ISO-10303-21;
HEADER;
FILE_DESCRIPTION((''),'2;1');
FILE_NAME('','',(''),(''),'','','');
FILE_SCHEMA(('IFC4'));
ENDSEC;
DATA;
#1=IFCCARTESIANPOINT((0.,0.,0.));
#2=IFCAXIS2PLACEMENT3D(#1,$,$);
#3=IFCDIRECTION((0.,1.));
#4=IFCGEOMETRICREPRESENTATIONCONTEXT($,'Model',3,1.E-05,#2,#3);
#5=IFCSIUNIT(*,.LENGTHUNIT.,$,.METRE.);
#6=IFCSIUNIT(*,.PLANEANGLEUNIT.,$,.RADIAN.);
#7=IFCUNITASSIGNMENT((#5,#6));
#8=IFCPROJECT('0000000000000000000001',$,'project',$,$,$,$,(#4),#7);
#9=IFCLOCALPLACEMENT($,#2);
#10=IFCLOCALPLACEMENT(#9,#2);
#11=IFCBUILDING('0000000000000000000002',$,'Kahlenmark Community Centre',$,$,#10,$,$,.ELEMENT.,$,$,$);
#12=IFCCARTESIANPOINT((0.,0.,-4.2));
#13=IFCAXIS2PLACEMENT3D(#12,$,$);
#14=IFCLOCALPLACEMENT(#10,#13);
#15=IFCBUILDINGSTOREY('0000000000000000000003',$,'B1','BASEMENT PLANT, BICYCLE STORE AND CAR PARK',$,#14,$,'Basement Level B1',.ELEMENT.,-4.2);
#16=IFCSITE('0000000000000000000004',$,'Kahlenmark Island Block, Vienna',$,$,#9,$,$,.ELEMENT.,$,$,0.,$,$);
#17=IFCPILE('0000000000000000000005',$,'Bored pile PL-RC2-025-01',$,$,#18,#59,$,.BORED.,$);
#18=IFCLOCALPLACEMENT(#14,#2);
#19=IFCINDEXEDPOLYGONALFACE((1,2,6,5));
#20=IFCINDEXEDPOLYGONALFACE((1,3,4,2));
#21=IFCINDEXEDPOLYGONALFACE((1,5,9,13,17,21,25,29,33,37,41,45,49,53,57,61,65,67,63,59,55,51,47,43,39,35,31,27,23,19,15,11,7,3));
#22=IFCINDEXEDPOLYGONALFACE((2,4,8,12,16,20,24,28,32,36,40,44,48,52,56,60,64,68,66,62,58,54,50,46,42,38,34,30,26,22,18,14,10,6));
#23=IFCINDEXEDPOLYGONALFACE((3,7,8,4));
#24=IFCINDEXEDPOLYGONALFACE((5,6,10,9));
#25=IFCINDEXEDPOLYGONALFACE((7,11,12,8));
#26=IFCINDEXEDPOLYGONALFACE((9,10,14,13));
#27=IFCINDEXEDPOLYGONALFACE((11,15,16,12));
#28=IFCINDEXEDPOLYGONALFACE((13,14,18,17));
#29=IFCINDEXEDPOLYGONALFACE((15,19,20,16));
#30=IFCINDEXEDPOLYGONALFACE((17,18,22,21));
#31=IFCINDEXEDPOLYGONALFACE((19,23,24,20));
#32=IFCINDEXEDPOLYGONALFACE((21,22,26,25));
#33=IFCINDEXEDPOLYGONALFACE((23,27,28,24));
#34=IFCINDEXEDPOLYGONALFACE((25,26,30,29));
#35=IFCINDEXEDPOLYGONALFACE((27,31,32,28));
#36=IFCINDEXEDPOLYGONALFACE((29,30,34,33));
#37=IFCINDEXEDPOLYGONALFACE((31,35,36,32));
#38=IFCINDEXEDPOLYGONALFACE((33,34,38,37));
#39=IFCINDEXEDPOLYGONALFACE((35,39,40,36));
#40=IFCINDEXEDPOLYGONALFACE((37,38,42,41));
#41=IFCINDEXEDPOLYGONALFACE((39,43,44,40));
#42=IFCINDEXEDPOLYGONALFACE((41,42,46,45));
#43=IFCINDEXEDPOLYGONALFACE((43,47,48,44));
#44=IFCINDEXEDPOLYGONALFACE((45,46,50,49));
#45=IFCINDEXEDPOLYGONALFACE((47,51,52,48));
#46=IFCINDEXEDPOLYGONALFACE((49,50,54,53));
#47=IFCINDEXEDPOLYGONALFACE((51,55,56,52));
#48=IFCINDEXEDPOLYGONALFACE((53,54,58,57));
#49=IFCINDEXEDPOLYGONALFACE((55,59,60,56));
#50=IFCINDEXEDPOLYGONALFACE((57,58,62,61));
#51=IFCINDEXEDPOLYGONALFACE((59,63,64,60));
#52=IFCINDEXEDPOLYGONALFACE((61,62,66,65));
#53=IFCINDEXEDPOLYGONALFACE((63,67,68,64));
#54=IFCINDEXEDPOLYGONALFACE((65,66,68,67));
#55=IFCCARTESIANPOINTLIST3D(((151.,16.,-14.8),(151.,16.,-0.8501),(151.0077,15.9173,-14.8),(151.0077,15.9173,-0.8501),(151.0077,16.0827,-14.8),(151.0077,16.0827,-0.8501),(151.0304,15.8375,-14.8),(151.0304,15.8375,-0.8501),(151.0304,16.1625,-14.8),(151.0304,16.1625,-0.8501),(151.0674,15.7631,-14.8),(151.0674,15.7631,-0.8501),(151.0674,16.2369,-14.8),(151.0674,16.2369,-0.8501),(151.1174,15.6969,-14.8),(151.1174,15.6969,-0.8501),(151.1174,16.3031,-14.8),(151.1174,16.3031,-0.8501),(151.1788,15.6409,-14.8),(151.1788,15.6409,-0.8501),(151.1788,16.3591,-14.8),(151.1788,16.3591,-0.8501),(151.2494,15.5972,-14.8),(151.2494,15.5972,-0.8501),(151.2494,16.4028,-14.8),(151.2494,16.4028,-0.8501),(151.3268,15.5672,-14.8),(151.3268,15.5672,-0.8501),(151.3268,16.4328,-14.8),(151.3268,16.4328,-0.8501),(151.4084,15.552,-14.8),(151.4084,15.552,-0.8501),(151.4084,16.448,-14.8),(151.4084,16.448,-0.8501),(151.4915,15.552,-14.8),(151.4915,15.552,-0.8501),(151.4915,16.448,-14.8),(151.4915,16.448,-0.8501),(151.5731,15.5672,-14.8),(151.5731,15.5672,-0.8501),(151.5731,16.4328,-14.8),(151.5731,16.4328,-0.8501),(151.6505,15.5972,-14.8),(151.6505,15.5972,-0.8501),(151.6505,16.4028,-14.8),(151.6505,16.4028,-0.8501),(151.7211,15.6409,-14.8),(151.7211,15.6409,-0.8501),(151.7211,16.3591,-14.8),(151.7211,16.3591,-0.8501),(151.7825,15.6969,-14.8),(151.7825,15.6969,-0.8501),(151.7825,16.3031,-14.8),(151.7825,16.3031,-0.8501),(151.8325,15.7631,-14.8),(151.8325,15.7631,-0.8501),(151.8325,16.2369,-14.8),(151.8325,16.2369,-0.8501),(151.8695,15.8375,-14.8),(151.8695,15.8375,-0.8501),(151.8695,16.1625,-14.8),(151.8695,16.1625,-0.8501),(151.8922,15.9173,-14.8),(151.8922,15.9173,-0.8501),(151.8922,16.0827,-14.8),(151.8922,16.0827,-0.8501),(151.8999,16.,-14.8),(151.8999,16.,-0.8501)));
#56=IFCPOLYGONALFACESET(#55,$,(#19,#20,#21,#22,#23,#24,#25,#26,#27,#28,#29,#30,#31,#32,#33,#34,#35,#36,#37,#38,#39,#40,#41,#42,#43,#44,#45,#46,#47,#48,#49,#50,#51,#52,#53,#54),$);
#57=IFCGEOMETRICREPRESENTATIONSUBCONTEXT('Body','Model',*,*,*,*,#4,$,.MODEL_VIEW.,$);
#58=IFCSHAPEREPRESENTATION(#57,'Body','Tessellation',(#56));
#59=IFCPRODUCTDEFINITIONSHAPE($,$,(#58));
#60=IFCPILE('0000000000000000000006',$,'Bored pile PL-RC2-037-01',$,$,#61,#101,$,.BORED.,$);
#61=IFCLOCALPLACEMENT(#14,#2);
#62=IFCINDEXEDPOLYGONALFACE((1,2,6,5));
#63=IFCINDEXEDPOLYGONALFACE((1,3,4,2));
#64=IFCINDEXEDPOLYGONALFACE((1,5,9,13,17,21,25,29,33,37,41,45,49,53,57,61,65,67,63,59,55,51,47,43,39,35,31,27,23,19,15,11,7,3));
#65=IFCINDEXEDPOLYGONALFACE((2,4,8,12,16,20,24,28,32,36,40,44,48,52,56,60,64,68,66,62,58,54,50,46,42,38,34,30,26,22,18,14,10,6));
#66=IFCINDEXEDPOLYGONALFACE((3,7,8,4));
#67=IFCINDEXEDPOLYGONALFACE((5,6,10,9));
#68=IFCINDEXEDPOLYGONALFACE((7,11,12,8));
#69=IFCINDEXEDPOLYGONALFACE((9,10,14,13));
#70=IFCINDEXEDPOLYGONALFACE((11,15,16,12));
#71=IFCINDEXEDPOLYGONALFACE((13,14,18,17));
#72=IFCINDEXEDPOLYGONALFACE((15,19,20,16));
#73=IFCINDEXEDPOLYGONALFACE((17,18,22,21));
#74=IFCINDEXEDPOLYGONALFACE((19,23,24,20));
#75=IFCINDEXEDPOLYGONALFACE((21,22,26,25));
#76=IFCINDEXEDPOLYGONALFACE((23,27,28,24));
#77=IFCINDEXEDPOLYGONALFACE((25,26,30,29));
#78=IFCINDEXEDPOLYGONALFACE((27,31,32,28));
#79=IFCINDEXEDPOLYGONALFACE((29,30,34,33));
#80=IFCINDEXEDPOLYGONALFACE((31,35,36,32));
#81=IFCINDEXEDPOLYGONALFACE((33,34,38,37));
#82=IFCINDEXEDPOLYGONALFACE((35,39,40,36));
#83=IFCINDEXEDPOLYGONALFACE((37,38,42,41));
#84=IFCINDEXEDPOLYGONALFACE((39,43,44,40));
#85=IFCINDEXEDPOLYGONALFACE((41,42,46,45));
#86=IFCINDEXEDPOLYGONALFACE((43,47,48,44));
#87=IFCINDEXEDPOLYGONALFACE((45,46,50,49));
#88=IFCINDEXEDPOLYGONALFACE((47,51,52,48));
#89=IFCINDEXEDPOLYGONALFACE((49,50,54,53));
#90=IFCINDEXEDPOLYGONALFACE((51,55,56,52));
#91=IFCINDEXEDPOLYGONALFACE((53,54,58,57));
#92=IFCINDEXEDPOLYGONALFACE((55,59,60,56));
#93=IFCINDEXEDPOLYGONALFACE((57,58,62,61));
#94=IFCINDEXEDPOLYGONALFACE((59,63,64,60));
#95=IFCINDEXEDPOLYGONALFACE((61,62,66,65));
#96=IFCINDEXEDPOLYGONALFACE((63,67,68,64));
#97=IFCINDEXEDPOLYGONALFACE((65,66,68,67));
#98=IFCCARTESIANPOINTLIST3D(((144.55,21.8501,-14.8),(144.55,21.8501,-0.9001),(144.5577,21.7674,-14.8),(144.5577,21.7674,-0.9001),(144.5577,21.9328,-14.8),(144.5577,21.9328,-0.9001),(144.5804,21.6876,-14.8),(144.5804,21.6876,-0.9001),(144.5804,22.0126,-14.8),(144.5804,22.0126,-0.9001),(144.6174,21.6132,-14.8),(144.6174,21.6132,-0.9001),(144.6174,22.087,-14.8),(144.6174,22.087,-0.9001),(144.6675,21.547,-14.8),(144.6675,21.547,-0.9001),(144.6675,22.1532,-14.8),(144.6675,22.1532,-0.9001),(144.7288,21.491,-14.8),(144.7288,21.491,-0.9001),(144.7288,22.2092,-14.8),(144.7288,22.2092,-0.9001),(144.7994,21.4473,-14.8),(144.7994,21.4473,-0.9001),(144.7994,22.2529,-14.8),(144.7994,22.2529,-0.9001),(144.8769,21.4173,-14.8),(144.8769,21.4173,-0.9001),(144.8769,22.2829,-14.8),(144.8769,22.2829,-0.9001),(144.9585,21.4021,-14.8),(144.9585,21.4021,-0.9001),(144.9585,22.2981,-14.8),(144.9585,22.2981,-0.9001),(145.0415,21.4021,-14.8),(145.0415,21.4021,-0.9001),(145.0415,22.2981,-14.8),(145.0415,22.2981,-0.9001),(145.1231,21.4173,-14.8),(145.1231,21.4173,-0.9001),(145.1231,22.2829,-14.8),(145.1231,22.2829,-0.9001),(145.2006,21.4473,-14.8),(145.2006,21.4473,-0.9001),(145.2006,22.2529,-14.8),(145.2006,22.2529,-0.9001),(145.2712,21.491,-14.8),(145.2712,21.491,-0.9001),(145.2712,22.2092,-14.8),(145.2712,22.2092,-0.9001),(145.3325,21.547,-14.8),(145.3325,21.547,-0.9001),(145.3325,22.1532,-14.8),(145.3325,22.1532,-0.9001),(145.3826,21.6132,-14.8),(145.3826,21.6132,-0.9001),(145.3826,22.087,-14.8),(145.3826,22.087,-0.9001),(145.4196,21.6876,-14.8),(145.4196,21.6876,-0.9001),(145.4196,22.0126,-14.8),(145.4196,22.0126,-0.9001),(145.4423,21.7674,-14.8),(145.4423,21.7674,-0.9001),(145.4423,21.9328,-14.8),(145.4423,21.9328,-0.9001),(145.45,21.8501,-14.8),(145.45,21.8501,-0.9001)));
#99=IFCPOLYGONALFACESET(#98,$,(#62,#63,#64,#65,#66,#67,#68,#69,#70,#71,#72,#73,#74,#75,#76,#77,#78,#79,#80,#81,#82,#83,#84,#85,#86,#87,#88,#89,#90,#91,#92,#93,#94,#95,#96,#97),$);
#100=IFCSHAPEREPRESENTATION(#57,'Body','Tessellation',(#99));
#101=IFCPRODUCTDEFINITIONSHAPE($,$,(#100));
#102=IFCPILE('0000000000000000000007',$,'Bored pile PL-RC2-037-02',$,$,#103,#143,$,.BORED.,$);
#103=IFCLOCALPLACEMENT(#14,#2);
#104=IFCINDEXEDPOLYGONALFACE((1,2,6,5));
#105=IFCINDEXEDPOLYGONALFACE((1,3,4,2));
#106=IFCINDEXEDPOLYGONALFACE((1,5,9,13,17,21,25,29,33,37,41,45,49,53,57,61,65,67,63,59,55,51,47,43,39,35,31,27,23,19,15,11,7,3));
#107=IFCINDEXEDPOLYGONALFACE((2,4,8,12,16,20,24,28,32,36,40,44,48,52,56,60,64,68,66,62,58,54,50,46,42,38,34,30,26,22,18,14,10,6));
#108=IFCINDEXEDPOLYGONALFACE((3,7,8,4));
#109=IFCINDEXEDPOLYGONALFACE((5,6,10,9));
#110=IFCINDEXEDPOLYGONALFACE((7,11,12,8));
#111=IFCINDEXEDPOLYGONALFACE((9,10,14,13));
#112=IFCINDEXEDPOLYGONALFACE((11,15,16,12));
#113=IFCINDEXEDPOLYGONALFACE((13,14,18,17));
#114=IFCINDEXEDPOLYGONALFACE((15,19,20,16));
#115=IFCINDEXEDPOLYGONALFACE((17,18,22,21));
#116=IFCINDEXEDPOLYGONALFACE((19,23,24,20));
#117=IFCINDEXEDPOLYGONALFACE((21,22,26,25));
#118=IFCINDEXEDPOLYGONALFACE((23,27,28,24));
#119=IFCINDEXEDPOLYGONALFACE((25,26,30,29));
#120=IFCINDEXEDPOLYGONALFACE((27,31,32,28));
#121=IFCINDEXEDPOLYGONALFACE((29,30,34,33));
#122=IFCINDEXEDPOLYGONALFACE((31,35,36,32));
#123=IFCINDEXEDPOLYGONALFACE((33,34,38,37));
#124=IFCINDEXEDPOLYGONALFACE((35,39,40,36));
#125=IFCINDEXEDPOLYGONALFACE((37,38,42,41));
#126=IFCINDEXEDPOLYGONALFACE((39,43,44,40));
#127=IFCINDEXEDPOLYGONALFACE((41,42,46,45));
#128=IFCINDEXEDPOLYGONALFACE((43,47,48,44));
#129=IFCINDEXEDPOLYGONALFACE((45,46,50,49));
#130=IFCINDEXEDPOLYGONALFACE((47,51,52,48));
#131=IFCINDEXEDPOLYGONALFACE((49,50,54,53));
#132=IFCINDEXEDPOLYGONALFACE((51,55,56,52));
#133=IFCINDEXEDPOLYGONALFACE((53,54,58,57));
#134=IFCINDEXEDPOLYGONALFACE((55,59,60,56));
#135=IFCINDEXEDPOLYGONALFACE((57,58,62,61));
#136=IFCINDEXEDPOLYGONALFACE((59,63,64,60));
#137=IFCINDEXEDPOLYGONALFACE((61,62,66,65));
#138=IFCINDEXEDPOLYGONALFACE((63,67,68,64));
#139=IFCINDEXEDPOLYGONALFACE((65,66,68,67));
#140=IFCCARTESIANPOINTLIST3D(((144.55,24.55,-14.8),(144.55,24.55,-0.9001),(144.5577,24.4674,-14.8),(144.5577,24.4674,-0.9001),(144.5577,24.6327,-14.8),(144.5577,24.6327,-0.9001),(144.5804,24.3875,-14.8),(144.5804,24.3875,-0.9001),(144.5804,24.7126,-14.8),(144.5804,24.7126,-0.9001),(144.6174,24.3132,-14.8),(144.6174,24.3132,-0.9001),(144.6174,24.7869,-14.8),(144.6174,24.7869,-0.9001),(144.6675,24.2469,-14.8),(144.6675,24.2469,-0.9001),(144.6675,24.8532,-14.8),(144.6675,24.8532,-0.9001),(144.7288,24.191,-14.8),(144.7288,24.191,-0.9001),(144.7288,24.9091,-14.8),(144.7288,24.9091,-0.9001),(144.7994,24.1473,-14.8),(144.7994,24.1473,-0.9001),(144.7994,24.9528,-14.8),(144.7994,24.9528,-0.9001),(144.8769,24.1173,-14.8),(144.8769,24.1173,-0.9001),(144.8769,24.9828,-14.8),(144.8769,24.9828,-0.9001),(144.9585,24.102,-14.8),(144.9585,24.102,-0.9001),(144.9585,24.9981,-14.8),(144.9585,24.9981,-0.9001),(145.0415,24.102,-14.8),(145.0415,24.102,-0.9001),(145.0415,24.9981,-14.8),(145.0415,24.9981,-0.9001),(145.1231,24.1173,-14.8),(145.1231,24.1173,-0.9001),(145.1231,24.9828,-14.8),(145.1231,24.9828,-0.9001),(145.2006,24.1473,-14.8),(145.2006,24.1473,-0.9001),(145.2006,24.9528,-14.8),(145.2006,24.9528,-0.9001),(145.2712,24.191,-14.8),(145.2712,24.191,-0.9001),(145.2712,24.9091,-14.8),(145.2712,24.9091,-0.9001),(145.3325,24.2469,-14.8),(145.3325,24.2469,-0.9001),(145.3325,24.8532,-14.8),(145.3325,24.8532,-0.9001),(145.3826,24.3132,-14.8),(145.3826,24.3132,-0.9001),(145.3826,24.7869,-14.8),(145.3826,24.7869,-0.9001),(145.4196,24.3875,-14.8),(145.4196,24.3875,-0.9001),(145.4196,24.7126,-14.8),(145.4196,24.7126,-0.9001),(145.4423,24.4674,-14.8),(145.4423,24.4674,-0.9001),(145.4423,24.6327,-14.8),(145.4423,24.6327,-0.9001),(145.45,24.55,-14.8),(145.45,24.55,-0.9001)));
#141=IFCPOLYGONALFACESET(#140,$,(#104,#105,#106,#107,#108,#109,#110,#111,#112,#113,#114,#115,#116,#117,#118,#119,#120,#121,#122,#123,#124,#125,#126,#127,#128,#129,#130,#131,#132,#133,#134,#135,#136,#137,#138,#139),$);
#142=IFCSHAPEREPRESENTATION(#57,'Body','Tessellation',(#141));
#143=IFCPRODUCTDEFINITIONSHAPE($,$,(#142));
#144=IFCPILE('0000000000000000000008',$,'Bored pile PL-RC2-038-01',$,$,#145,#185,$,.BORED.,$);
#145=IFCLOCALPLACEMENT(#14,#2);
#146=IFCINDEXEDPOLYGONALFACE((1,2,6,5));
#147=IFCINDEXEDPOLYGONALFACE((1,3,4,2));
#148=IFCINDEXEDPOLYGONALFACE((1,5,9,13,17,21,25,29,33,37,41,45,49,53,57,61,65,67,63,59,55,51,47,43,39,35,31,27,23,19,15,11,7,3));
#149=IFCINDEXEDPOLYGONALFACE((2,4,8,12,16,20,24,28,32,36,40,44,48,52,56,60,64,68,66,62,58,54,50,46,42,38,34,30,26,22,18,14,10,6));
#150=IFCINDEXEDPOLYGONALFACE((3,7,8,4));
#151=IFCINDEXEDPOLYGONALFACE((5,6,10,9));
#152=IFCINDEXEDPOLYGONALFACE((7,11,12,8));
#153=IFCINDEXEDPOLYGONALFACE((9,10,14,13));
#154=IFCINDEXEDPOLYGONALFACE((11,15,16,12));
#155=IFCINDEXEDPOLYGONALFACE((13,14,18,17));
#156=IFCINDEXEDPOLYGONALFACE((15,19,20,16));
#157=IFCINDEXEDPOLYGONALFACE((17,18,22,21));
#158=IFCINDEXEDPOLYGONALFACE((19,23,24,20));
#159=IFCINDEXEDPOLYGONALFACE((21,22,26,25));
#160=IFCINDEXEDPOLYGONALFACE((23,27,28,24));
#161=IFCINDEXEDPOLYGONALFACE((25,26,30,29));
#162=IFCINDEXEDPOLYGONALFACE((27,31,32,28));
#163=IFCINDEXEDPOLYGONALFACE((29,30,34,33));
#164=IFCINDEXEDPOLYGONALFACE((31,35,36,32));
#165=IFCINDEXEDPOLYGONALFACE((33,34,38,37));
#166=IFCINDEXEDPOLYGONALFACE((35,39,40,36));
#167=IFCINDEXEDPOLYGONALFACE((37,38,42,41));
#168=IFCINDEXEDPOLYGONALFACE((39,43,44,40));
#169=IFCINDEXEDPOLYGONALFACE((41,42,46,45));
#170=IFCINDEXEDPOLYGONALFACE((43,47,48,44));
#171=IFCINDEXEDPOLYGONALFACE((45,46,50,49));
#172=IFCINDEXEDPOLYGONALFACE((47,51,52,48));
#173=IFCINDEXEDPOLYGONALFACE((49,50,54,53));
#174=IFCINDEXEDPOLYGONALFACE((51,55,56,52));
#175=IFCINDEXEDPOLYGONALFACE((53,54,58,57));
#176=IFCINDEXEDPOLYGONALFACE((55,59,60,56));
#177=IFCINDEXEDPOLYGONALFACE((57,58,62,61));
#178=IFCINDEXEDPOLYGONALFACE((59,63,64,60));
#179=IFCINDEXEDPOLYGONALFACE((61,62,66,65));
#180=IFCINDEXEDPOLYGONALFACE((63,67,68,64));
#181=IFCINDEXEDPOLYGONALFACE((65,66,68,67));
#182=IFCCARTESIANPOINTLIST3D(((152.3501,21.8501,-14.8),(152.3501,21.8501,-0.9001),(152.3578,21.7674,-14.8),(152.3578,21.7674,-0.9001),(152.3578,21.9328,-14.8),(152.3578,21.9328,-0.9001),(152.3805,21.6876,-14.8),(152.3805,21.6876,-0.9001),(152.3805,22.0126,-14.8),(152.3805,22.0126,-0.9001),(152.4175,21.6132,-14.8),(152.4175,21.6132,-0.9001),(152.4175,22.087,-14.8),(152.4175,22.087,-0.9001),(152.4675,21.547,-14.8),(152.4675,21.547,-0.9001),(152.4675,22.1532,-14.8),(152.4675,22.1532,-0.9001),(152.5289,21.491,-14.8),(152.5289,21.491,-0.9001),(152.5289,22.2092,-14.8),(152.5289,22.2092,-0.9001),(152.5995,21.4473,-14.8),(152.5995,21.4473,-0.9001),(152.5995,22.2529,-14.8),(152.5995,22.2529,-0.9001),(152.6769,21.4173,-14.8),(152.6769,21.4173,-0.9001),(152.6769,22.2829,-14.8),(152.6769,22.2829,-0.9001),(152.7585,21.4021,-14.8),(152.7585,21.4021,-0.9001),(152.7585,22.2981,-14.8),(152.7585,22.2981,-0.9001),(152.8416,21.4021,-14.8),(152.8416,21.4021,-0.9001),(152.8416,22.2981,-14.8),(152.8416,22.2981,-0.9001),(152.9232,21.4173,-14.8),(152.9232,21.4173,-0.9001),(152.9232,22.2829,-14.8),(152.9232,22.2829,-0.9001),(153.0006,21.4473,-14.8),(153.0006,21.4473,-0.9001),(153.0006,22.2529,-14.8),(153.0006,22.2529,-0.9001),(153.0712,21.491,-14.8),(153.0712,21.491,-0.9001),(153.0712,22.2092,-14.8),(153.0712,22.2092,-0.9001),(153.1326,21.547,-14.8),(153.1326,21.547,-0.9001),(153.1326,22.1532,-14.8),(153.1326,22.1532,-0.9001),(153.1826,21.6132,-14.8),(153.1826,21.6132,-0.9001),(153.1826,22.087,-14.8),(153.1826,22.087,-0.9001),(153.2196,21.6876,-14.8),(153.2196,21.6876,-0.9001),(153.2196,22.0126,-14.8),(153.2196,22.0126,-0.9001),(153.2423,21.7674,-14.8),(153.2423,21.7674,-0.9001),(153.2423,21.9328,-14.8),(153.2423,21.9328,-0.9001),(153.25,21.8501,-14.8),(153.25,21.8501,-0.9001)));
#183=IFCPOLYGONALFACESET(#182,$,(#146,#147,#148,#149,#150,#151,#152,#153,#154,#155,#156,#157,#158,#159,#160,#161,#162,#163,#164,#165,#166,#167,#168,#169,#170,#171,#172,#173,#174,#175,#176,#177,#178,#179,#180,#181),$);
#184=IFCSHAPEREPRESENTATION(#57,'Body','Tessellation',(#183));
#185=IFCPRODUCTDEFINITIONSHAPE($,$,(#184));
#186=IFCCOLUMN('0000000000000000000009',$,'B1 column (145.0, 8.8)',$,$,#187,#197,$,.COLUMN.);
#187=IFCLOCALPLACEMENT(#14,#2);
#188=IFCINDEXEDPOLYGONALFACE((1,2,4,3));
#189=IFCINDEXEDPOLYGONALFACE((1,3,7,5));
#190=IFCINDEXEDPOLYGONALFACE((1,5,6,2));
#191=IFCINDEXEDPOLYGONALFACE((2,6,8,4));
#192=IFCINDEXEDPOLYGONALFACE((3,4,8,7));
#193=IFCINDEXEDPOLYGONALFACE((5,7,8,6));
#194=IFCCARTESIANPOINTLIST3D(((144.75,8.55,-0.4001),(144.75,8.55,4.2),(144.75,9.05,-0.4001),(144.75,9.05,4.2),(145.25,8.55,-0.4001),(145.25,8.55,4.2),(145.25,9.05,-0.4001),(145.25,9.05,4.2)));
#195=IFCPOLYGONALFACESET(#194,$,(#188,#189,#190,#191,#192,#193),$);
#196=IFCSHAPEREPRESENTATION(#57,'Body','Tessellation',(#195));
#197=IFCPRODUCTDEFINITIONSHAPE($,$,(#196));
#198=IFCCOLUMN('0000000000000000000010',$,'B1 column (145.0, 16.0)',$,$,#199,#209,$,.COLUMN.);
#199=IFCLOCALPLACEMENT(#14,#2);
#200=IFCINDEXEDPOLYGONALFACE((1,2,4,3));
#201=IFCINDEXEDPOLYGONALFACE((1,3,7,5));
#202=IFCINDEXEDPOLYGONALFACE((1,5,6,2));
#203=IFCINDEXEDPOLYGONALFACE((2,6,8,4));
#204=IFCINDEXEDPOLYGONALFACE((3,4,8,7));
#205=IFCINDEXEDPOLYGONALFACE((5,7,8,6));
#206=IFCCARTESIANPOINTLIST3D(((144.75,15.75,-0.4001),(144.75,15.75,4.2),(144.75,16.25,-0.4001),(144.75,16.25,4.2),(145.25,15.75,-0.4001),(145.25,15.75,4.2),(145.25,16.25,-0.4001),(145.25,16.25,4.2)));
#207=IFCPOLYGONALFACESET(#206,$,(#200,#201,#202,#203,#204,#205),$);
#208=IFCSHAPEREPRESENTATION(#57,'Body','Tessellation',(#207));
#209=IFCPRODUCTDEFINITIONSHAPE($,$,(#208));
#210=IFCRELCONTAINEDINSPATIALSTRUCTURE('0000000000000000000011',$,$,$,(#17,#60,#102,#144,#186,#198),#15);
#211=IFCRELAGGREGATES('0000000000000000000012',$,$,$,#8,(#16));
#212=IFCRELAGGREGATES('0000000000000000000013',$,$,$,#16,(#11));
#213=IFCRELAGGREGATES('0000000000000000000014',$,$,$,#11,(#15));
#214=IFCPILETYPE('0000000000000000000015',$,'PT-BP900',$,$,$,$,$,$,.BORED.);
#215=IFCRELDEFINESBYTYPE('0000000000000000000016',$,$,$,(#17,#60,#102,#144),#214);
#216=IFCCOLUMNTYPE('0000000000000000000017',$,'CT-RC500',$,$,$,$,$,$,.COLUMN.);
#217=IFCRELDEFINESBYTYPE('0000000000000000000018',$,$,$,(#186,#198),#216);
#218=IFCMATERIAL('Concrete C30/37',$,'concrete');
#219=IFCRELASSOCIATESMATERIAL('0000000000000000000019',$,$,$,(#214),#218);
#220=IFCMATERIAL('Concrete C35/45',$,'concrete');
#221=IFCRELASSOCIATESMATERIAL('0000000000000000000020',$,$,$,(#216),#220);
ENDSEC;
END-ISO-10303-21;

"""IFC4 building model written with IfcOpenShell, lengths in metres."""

from ifc_helpers import new_model, si_unit, direction, frame, origin, origin_2d, place, context, subcontext, project, spatial, rectangle, circle, extrude, material, material_profile, profile_set, type_object, element, save


model = new_model("IFC4")

# Units and contexts
model_context = context("Model", 3, precision=1e-05, world=origin(), true_north=direction((0.0, 1.0)))
body_context = subcontext(model_context, "Body", "Model", "MODEL_VIEW")
ifc_project = project(units=[si_unit("LENGTHUNIT", "METRE"), si_unit("PLANEANGLEUNIT", "RADIAN")], contexts=[model_context])

# Site, building, storey
site_placement = place(None, origin())
site = spatial("IfcSite", under=ifc_project, at=site_placement, Name="Kahlenmark Island Block, Vienna", CompositionType="ELEMENT", RefElevation=0.0)
building_placement = place(site_placement, origin())
building = spatial("IfcBuilding", under=site, at=building_placement, Name="Kahlenmark Community Centre", CompositionType="ELEMENT")
storey_placement = place(building_placement, frame((0.0, 0.0, -4.2)))
storey = spatial("IfcBuildingStorey", under=building, at=storey_placement, Name="B1", Description="BASEMENT PLANT, BICYCLE STORE AND CAR PARK", LongName="Basement Level B1", CompositionType="ELEMENT", Elevation=-4.2)

# Shared definitions
ifc_material_1 = material(Name="Concrete C30/37", Category="concrete")

# Piles
ifc_material_profile_1 = material_profile(ifc_material_1, circle(Radius=0.45, at=origin_2d()), Name="BORED PILE 900")
ifc_profile_set_1 = profile_set([ifc_material_profile_1], Name="Concrete C30/37")
pile_type_1 = type_object("IfcPileType", Name="PT-BP900", PredefinedType="BORED", material=ifc_profile_set_1)
for number, where, z_axis, x_axis, name in (
    (1, (151.45, 16.0, -0.8501), (0.0, 0.0, -1.0), (1.0, 0.0, 0.0), "Bored pile PL-RC2-025-01"),
):
    element("IfcPile", number, at=place(storey_placement, frame(where, z_axis=z_axis, x_axis=x_axis)), inside=storey, type_object=pile_type_1, Name=name, PredefinedType="BORED", context=body_context, shape_type="SweptSolid", body=[
        extrude(circle(Radius=0.45, at=origin_2d()), origin(), (0.0, 0.0, 1.0), 13.95),
    ])
for number, where, z_axis, x_axis, name in (
    (2, (145.0, 21.8501, -0.9001), (0.0, 0.0, -1.0), (1.0, 0.0, 0.0), "Bored pile PL-RC2-037-01"),
    (3, (145.0, 24.55, -0.9001), (0.0, 0.0, -1.0), (1.0, 0.0, 0.0), "Bored pile PL-RC2-037-02"),
    (4, (152.8, 21.8501, -0.9001), (0.0, 0.0, -1.0), (1.0, 0.0, 0.0), "Bored pile PL-RC2-038-01"),
):
    element("IfcPile", number, at=place(storey_placement, frame(where, z_axis=z_axis, x_axis=x_axis)), inside=storey, type_object=pile_type_1, Name=name, PredefinedType="BORED", context=body_context, shape_type="SweptSolid", body=[
        extrude(circle(Radius=0.45, at=origin_2d()), origin(), (0.0, 0.0, 1.0), 13.8999),
    ])

# Columns
ifc_material_2 = material(Name="Concrete C35/45", Category="concrete")
ifc_material_profile_2 = material_profile(ifc_material_2, rectangle(XDim=0.5, YDim=0.5, at=origin_2d()), Name="RC 500x500")
ifc_profile_set_2 = profile_set([ifc_material_profile_2], Name="Concrete C35/45")
column_type = type_object("IfcColumnType", Name="CT-RC500", PredefinedType="COLUMN", material=ifc_profile_set_2)
for number, where, z_axis, x_axis, name in (
    (5, (145.0, 8.8, -0.4001), (0.0, 0.0, 1.0), (1.0, 0.0, 0.0), "B1 column (145.0, 8.8)"),
    (6, (145.0, 16.0, -0.4001), (0.0, 0.0, 1.0), (1.0, 0.0, 0.0), "B1 column (145.0, 16.0)"),
):
    element("IfcColumn", number, at=place(storey_placement, frame(where, z_axis=z_axis, x_axis=x_axis)), inside=storey, type_object=column_type, Name=name, PredefinedType="COLUMN", context=body_context, shape_type="SweptSolid", body=[
        extrude(rectangle(XDim=0.5, YDim=0.5, at=origin_2d()), origin(), (0.0, 0.0, 1.0), 4.6001),
    ])

save(model, "model.ifc")
